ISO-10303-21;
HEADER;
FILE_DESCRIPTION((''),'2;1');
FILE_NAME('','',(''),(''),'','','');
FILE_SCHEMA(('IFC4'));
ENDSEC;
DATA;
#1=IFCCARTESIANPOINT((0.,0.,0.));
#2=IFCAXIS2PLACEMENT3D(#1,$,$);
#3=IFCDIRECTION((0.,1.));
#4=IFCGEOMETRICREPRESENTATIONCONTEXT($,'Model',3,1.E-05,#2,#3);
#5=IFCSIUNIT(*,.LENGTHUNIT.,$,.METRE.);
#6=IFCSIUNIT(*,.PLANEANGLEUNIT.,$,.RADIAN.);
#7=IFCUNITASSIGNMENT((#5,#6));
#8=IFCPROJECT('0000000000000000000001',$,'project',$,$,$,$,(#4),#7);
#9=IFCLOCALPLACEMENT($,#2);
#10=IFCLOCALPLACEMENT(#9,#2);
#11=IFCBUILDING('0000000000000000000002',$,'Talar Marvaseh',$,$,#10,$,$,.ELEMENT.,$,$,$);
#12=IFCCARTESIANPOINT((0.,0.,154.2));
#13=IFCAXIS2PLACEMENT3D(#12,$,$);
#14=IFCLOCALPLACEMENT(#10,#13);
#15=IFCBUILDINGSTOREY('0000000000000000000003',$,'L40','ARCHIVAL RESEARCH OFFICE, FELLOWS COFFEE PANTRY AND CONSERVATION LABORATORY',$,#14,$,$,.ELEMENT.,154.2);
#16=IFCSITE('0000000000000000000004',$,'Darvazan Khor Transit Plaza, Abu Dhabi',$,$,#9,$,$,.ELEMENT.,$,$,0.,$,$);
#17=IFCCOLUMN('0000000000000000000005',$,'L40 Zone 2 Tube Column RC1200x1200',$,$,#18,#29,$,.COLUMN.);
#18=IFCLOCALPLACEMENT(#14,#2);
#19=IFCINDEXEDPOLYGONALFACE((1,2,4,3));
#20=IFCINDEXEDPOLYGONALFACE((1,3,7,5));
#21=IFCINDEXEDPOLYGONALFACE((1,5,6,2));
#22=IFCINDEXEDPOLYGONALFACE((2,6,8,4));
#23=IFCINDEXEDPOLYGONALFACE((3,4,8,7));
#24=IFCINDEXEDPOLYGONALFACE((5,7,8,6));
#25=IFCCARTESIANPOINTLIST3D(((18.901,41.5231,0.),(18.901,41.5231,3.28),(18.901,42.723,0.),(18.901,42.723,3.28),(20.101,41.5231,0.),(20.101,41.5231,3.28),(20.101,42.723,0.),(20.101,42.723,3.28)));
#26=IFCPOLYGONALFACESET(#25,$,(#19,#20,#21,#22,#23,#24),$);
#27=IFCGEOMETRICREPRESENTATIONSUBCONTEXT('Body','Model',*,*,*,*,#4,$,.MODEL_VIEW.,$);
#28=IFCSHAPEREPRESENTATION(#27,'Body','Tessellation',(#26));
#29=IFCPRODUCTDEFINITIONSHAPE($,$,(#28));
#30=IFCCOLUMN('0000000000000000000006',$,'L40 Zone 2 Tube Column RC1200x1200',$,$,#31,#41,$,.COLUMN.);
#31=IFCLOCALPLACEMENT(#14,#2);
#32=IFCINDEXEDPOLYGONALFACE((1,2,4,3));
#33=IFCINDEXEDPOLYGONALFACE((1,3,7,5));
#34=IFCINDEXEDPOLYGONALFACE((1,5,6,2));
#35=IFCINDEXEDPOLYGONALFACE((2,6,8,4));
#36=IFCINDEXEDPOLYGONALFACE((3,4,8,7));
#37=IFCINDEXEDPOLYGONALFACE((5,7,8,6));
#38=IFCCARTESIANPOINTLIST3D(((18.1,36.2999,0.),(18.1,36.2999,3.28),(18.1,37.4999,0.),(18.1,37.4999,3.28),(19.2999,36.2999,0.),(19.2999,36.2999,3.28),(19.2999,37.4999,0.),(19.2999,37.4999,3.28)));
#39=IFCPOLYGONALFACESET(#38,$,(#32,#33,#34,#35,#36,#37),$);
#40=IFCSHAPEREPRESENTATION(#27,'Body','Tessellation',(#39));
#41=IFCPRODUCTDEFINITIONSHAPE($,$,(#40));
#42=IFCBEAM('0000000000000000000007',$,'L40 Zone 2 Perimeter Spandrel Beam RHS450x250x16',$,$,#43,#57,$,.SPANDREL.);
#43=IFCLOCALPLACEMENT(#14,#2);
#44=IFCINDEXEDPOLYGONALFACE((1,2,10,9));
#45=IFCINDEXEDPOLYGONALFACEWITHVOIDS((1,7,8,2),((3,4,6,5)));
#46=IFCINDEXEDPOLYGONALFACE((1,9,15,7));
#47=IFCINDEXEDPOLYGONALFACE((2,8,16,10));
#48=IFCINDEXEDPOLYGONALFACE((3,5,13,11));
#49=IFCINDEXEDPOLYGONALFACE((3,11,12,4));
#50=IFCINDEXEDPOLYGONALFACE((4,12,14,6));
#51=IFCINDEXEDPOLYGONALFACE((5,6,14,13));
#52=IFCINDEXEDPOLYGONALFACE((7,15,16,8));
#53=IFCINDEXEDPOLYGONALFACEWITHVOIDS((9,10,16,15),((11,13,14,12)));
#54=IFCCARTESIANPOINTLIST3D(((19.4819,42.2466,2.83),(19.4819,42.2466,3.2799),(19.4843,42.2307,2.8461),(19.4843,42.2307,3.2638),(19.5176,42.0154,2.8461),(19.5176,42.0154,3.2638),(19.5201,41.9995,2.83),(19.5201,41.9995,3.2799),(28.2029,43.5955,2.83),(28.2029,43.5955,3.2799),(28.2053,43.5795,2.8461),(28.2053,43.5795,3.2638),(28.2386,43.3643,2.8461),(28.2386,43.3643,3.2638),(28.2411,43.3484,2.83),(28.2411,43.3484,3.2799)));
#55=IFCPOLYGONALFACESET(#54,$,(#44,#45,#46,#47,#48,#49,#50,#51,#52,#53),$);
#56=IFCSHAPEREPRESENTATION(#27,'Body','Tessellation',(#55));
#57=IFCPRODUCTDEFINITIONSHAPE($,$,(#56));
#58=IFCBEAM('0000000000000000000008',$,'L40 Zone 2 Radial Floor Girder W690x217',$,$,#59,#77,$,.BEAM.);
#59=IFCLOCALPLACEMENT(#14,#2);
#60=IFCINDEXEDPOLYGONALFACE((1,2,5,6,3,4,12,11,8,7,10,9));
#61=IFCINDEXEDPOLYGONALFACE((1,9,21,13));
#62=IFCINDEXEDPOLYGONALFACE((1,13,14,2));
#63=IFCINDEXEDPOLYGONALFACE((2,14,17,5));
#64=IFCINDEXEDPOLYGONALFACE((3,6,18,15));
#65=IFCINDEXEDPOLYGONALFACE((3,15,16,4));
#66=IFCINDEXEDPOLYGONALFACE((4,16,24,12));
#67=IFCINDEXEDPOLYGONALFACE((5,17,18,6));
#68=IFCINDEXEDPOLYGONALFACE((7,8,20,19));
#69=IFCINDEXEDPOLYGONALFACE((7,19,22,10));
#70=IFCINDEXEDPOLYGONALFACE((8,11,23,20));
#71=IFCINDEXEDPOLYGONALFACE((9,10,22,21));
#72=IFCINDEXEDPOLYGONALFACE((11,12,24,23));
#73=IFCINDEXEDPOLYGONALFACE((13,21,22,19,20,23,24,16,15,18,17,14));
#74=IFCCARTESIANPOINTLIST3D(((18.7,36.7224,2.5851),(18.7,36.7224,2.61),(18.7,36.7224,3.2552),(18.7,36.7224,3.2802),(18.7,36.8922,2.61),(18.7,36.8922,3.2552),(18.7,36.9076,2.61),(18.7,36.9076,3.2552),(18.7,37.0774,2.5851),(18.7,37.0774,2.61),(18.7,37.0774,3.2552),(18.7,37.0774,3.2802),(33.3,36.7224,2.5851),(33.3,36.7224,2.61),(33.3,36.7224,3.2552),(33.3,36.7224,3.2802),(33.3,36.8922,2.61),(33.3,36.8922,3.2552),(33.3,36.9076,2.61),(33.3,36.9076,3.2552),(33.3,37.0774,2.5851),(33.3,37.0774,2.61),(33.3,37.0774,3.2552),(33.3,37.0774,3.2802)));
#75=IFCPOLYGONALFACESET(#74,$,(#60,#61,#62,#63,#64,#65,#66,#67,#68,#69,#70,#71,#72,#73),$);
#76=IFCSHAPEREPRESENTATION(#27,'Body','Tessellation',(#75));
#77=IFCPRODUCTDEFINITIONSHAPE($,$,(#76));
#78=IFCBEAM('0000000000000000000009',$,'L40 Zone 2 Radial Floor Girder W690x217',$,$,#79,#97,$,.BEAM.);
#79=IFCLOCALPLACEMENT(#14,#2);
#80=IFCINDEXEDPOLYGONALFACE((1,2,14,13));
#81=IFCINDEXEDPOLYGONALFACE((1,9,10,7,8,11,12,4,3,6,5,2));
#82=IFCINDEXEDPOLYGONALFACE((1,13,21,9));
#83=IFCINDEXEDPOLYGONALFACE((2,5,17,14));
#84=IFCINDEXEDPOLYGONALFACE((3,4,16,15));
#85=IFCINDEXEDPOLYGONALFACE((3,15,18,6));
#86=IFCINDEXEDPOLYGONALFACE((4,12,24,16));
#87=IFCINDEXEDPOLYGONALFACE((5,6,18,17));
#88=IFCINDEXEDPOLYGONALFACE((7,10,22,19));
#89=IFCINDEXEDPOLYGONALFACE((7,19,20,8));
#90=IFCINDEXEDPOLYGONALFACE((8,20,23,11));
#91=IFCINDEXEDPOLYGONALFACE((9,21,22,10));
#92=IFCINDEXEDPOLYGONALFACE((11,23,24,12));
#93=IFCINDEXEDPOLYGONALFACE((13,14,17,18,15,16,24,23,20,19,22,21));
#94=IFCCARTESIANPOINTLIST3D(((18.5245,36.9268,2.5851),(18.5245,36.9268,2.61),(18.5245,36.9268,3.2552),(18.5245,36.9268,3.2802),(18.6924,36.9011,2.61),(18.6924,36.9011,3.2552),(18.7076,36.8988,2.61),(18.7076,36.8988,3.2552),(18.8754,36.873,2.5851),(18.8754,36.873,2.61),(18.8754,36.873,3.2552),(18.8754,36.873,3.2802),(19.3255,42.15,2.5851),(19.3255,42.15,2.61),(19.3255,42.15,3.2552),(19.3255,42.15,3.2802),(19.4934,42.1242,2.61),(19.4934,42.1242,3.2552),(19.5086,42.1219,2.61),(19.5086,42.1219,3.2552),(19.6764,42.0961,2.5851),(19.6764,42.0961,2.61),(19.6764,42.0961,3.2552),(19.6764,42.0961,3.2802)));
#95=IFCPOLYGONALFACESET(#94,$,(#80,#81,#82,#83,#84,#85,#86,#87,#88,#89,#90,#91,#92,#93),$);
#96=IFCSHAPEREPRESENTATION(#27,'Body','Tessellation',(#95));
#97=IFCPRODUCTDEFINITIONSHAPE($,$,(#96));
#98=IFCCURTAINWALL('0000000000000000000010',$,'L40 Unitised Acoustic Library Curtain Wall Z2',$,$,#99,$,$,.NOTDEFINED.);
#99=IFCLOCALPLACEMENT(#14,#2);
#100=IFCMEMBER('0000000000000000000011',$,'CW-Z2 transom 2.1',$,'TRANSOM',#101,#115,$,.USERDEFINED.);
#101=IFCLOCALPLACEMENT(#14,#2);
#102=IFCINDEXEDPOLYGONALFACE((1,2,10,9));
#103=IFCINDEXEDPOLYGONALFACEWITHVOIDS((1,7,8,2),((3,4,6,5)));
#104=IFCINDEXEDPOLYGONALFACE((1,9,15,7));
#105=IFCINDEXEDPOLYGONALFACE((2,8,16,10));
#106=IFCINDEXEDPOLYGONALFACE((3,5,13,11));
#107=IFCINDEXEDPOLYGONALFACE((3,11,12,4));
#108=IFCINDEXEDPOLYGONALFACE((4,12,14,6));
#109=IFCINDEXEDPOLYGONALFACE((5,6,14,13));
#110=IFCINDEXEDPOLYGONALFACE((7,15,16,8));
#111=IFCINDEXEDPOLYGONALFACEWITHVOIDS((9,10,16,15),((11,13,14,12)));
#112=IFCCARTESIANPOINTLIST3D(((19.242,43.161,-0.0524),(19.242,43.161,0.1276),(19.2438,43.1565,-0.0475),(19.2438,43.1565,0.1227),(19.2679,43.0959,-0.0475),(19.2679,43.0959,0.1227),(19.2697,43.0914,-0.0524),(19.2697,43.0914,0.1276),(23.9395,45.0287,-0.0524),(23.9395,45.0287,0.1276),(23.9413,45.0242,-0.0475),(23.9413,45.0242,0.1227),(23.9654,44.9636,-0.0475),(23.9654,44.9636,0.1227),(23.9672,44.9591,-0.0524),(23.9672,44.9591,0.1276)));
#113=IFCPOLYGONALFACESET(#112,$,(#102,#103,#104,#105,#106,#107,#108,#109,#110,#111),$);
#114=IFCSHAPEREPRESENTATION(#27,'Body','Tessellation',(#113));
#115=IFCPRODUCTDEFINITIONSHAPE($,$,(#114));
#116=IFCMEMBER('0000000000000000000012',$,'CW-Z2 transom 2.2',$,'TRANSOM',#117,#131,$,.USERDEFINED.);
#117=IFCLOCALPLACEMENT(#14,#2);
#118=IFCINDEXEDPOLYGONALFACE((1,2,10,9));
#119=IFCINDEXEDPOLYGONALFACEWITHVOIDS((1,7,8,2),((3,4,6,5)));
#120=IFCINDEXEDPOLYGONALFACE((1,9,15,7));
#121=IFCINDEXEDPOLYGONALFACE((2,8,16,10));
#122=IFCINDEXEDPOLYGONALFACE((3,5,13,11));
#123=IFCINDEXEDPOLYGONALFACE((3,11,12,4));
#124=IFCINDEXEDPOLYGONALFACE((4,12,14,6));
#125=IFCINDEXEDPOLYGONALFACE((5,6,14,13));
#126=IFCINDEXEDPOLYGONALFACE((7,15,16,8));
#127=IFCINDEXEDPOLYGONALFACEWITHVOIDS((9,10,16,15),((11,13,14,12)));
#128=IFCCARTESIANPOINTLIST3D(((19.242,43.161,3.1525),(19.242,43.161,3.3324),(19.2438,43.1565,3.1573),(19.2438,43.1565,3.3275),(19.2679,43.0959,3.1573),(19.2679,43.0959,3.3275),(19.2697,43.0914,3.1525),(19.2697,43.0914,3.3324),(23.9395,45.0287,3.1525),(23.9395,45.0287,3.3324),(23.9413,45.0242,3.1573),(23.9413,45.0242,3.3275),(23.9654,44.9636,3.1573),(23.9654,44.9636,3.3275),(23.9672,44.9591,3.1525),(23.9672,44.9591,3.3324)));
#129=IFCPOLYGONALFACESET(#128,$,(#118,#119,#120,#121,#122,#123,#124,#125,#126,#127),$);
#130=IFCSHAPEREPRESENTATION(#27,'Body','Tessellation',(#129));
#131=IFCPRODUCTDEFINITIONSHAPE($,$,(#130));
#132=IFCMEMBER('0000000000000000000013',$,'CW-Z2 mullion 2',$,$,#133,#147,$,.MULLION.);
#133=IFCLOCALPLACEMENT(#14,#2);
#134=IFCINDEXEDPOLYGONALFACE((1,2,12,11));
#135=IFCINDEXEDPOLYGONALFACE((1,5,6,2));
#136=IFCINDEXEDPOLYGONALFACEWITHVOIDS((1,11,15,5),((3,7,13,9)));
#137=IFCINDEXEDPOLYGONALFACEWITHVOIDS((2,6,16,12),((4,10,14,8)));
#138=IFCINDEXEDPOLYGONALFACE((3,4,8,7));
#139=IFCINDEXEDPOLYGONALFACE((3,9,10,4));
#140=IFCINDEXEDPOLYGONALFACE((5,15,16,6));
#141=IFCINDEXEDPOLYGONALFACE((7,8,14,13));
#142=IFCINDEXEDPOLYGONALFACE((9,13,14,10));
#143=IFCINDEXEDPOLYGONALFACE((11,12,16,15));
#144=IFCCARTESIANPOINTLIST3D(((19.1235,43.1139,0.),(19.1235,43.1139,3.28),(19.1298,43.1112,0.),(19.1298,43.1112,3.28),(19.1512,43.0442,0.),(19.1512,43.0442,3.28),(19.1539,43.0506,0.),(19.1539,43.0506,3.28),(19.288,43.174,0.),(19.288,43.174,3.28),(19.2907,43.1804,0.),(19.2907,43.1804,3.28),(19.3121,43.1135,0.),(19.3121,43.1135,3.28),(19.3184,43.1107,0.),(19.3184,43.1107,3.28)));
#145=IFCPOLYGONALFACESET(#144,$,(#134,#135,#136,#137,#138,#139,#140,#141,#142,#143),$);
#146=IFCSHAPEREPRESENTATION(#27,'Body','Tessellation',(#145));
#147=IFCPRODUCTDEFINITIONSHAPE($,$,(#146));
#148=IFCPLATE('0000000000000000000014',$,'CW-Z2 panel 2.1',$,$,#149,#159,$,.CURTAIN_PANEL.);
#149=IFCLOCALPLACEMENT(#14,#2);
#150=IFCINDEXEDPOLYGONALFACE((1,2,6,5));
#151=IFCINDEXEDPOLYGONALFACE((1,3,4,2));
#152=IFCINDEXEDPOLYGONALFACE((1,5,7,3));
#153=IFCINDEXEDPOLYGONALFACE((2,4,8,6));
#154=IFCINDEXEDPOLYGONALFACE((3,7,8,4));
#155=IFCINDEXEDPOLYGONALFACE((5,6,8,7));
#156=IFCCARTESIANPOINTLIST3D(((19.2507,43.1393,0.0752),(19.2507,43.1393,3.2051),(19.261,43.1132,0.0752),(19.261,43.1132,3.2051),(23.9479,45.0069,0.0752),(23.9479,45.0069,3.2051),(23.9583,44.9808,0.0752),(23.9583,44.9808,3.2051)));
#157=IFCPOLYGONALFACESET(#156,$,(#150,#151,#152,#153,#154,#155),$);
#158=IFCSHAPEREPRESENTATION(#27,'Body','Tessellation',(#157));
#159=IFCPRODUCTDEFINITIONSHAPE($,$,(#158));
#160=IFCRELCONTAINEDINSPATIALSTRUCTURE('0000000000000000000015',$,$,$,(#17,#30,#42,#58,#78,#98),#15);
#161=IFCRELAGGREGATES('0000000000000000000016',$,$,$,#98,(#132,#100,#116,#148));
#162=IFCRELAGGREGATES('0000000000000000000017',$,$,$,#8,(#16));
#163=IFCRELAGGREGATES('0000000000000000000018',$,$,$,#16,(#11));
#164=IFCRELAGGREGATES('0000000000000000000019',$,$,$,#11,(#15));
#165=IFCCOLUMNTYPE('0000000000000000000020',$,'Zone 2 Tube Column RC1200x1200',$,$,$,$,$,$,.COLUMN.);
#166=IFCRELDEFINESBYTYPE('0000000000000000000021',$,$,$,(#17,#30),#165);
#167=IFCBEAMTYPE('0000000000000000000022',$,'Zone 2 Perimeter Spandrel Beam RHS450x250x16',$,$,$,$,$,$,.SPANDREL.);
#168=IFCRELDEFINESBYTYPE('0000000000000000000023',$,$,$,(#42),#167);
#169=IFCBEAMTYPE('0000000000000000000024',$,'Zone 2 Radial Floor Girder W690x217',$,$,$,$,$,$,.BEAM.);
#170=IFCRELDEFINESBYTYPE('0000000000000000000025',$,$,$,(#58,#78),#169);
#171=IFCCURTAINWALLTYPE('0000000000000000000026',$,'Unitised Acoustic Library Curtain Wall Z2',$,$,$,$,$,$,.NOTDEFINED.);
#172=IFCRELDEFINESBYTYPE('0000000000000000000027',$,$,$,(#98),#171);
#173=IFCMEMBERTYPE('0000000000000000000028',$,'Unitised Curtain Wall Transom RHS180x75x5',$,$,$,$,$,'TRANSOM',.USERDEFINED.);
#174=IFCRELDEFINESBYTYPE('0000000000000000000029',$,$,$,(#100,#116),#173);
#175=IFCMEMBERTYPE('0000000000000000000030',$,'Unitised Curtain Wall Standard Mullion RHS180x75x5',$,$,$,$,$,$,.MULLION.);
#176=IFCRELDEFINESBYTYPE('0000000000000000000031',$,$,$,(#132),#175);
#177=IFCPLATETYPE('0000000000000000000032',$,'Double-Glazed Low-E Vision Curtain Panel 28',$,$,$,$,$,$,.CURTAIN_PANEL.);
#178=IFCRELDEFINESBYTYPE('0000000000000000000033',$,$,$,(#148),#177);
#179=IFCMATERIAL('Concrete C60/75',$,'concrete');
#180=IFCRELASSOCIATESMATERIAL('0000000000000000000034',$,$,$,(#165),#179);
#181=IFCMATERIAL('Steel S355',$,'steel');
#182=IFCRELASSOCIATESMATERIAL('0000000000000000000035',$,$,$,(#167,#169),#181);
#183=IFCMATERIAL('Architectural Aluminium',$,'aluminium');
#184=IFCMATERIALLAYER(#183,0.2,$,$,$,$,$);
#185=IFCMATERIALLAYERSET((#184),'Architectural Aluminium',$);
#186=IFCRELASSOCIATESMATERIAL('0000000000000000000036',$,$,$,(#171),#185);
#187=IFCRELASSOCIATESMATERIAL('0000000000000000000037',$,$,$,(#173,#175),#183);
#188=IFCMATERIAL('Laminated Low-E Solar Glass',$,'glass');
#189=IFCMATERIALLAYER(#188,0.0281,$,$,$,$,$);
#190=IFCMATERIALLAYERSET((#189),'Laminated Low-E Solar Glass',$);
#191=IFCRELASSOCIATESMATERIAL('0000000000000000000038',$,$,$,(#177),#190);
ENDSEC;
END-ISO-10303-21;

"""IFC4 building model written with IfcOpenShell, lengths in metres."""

from ifc_helpers import new_model, si_unit, direction, frame, origin, origin_2d, place, context, subcontext, project, spatial, rectangle, hollow_rectangle, i_section, extrude, source, transform, mapped, material, layer, layer_set, material_profile, profile_set, type_object, type_shapes, element, aggregate, save


model = new_model("IFC4")

# Units and contexts
model_context = context("Model", 3, precision=1e-05, world=origin(), true_north=direction((0.0, 1.0)))
body_context = subcontext(model_context, "Body", "Model", "MODEL_VIEW")
ifc_project = project(units=[si_unit("LENGTHUNIT", "METRE"), si_unit("PLANEANGLEUNIT", "RADIAN")], contexts=[model_context])

# Site, building, storey
site_placement = place(None, origin())
site = spatial("IfcSite", under=ifc_project, at=site_placement, Name="Darvazan Khor Transit Plaza, Abu Dhabi", CompositionType="ELEMENT", RefElevation=0.0)
building_placement = place(site_placement, origin())
building = spatial("IfcBuilding", under=site, at=building_placement, Name="Talar Marvaseh", CompositionType="ELEMENT")
storey_placement = place(building_placement, frame((0.0, 0.0, 154.2)))
storey = spatial("IfcBuildingStorey", under=building, at=storey_placement, Name="L40", Description="ARCHIVAL RESEARCH OFFICE, FELLOWS COFFEE PANTRY AND CONSERVATION LABORATORY", CompositionType="ELEMENT", Elevation=154.2)

# Columns
ifc_material_1 = material(Name="Concrete C60/75", Category="concrete")
ifc_material_profile_1 = material_profile(ifc_material_1, rectangle(XDim=1.2, YDim=1.2, at=origin_2d()), Name="RC1200x1200")
ifc_profile_set_1 = profile_set([ifc_material_profile_1], Name="Concrete C60/75")
column_type = type_object("IfcColumnType", Name="Zone 2 Tube Column RC1200x1200", PredefinedType="COLUMN", material=ifc_profile_set_1)
for number, where, z_axis, x_axis, name in (
    (1, (19.501, 42.123, 0.0), (0.0, 0.0, 1.0), (1.0, 0.0, 0.0), "L40 Zone 2 Tube Column RC1200x1200"),
    (2, (18.7, 36.8999, 0.0), (0.0, 0.0, 1.0), (1.0, 0.0, 0.0), "L40 Zone 2 Tube Column RC1200x1200"),
):
    element("IfcColumn", number, at=place(storey_placement, frame(where, z_axis=z_axis, x_axis=x_axis)), inside=storey, type_object=column_type, Name=name, PredefinedType="COLUMN", context=body_context, shape_type="SweptSolid", body=[
        extrude(rectangle(XDim=1.2, YDim=1.2, at=origin_2d()), origin(), (0.0, 0.0, 1.0), 3.28),
    ])

# Beams
ifc_material_2 = material(Name="Steel S355", Category="steel")
ifc_material_profile_2 = material_profile(ifc_material_2, hollow_rectangle(XDim=0.25, YDim=0.45, WallThickness=0.0161, at=origin_2d()), Name="RHS450x250x16")
ifc_profile_set_2 = profile_set([ifc_material_profile_2], Name="Steel S355")
beam_type_1 = type_object("IfcBeamType", Name="Zone 2 Perimeter Spandrel Beam RHS450x250x16", PredefinedType="SPANDREL", material=ifc_profile_set_2)
beam_1_placement = place(storey_placement, frame((19.501, 42.123, 3.0549), z_axis=(0.988249, 0.152853, 0.0), x_axis=(-0.152853, 0.988249, 0.0)))
element("IfcBeam", 3, at=beam_1_placement, inside=storey, type_object=beam_type_1, Name="L40 Zone 2 Perimeter Spandrel Beam RHS450x250x16", PredefinedType="SPANDREL", context=body_context, shape_type="SweptSolid", body=[
    extrude(hollow_rectangle(XDim=0.25, YDim=0.45, WallThickness=0.0161, at=origin_2d()), origin(), (0.0, 0.0, 1.0), 8.8247),
])
ifc_material_profile_3 = material_profile(ifc_material_2, i_section(OverallWidth=0.355, OverallDepth=0.6951, WebThickness=0.0154, FlangeThickness=0.0249, at=origin_2d()), Name="W690x217")
ifc_profile_set_3 = profile_set([ifc_material_profile_3], Name="Steel S355")
beam_type_2 = type_object("IfcBeamType", Name="Zone 2 Radial Floor Girder W690x217", PredefinedType="BEAM", material=ifc_profile_set_3)
beam_2_placement = place(storey_placement, frame((18.7, 36.8999, 2.9326), z_axis=(1.0, 0.0, 0.0), x_axis=(0.0, 1.0, 0.0)))
element("IfcBeam", 4, at=beam_2_placement, inside=storey, type_object=beam_type_2, Name="L40 Zone 2 Radial Floor Girder W690x217", PredefinedType="BEAM", context=body_context, shape_type="SweptSolid", body=[
    extrude(i_section(OverallWidth=0.355, OverallDepth=0.6951, WebThickness=0.0154, FlangeThickness=0.0249, at=origin_2d()), origin(), (0.0, 0.0, 1.0), 14.6001),
])
beam_3_placement = place(storey_placement, frame((19.501, 42.123, 2.9326), z_axis=(-0.151588, -0.988444, 0.0), x_axis=(0.988444, -0.151588, 0.0)))
element("IfcBeam", 5, at=beam_3_placement, inside=storey, type_object=beam_type_2, Name="L40 Zone 2 Radial Floor Girder W690x217", PredefinedType="BEAM", context=body_context, shape_type="SweptSolid", body=[
    extrude(i_section(OverallWidth=0.355, OverallDepth=0.6951, WebThickness=0.0154, FlangeThickness=0.0249, at=origin_2d()), origin(), (0.0, 0.0, 1.0), 5.2842),
])

# Curtain wall, members, plate
ifc_material_3 = material(Name="Architectural Aluminium", Category="aluminium")
ifc_layer_1 = layer(ifc_material_3, 0.2)
ifc_layer_set_1 = layer_set([ifc_layer_1], Name="Architectural Aluminium")
curtain_wall_type = type_object("IfcCurtainWallType", Name="Unitised Acoustic Library Curtain Wall Z2", PredefinedType="NOTDEFINED", material=ifc_layer_set_1)
curtain_wall_placement = place(storey_placement, origin())
curtain_wall = element("IfcCurtainWall", 6, at=curtain_wall_placement, inside=storey, type_object=curtain_wall_type, Name="L40 Unitised Acoustic Library Curtain Wall Z2", PredefinedType="NOTDEFINED")
ifc_material_profile_4 = material_profile(ifc_material_3, hollow_rectangle(XDim=0.075, YDim=0.1799, WallThickness=0.0049, at=origin_2d()), Name="RHS180x75x5")
ifc_profile_set_4 = profile_set([ifc_material_profile_4], Name="Architectural Aluminium")
member_type_1 = type_object("IfcMemberType", Name="Unitised Curtain Wall Transom RHS180x75x5", ElementType="TRANSOM", PredefinedType="USERDEFINED", material=ifc_profile_set_4)
shared_shape_1 = source(origin(), body_context, "Body", "SweptSolid", [
    extrude(hollow_rectangle(XDim=0.075, YDim=0.1799, WallThickness=0.0049, at=origin_2d()), origin(), (0.0, 0.0, 1.0), 5.0552),
])
type_shapes(member_type_1, [shared_shape_1])
member_1_placement = place(storey_placement, frame((19.2559, 43.1262, 0.0376), z_axis=(0.929247, 0.369458, 0.0), x_axis=(-0.369458, 0.929247, 0.0)))
member_1 = element("IfcMember", 7, at=member_1_placement, type_object=member_type_1, Name="CW-Z2 transom 2.1", ObjectType="TRANSOM", PredefinedType="USERDEFINED", context=body_context, shape_type="MappedRepresentation", body=[
    mapped(shared_shape_1, transform((0.0, 0.0, 0.0), x_axis=(1.0, 0.0, 0.0), y_axis=(0.0, 1.0, 0.0), z_axis=(0.0, 0.0, 1.0), scale=1.0)),
])
member_2_placement = place(storey_placement, frame((19.2559, 43.1262, 3.2424), z_axis=(0.929247, 0.369458, 0.0), x_axis=(-0.369458, 0.929247, 0.0)))
member_2 = element("IfcMember", 8, at=member_2_placement, type_object=member_type_1, Name="CW-Z2 transom 2.2", ObjectType="TRANSOM", PredefinedType="USERDEFINED", context=body_context, shape_type="MappedRepresentation", body=[
    mapped(shared_shape_1, transform((0.0, 0.0, 0.0), x_axis=(1.0, 0.0, 0.0), y_axis=(0.0, 1.0, 0.0), z_axis=(0.0, 0.0, 1.0), scale=1.0)),
])
ifc_material_profile_5 = material_profile(ifc_material_3, hollow_rectangle(XDim=0.075, YDim=0.1799, WallThickness=0.0049, at=origin_2d()), Name="RHS180x75x5")
ifc_profile_set_5 = profile_set([ifc_material_profile_5], Name="Architectural Aluminium")
member_type_2 = type_object("IfcMemberType", Name="Unitised Curtain Wall Standard Mullion RHS180x75x5", PredefinedType="MULLION", material=ifc_profile_set_5)
shared_shape_2 = source(origin(), body_context, "Body", "SweptSolid", [
    extrude(hollow_rectangle(XDim=0.075, YDim=0.1799, WallThickness=0.0049, at=origin_2d()), origin(), (0.0, 0.0, 1.0), 3.28),
])
type_shapes(member_type_2, [shared_shape_2])
member_3_placement = place(storey_placement, frame((19.2209, 43.1123, 0.0), z_axis=(0.0, 0.0, 1.0), x_axis=(-0.369458, 0.929247, 0.0)))
member_3 = element("IfcMember", 9, at=member_3_placement, type_object=member_type_2, Name="CW-Z2 mullion 2", PredefinedType="MULLION", context=body_context, shape_type="MappedRepresentation", body=[
    mapped(shared_shape_2, transform((0.0, 0.0, 0.0), x_axis=(1.0, 0.0, 0.0), y_axis=(0.0, 1.0, 0.0), z_axis=(0.0, 0.0, 1.0), scale=1.0)),
])
ifc_material_4 = material(Name="Laminated Low-E Solar Glass", Category="glass")
ifc_layer_2 = layer(ifc_material_4, 0.0281)
ifc_layer_set_2 = layer_set([ifc_layer_2], Name="Laminated Low-E Solar Glass")
plate_type = type_object("IfcPlateType", Name="Double-Glazed Low-E Vision Curtain Panel 28", PredefinedType="CURTAIN_PANEL", material=ifc_layer_set_2)
shared_shape_3 = source(origin(), body_context, "Body", "SweptSolid", [
    extrude(rectangle(XDim=5.0549, YDim=0.0281, at=origin_2d()), origin(), (0.0, 0.0, 1.0), 3.1299),
])
type_shapes(plate_type, [shared_shape_3])
plate_placement = place(storey_placement, frame((21.6045, 44.0601, 0.0752), z_axis=(0.0, 0.0, 1.0), x_axis=(0.929247, 0.369458, 0.0)))
plate = element("IfcPlate", 10, at=plate_placement, type_object=plate_type, Name="CW-Z2 panel 2.1", PredefinedType="CURTAIN_PANEL", context=body_context, shape_type="MappedRepresentation", body=[
    mapped(shared_shape_3, transform((0.0, 0.0, 0.0), x_axis=(1.0, 0.0, 0.0), y_axis=(0.0, 1.0, 0.0), z_axis=(0.0, 0.0, 1.0), scale=1.0)),
])
aggregate(curtain_wall, [member_3, member_1, member_2, plate])

save(model, "model.ifc")
